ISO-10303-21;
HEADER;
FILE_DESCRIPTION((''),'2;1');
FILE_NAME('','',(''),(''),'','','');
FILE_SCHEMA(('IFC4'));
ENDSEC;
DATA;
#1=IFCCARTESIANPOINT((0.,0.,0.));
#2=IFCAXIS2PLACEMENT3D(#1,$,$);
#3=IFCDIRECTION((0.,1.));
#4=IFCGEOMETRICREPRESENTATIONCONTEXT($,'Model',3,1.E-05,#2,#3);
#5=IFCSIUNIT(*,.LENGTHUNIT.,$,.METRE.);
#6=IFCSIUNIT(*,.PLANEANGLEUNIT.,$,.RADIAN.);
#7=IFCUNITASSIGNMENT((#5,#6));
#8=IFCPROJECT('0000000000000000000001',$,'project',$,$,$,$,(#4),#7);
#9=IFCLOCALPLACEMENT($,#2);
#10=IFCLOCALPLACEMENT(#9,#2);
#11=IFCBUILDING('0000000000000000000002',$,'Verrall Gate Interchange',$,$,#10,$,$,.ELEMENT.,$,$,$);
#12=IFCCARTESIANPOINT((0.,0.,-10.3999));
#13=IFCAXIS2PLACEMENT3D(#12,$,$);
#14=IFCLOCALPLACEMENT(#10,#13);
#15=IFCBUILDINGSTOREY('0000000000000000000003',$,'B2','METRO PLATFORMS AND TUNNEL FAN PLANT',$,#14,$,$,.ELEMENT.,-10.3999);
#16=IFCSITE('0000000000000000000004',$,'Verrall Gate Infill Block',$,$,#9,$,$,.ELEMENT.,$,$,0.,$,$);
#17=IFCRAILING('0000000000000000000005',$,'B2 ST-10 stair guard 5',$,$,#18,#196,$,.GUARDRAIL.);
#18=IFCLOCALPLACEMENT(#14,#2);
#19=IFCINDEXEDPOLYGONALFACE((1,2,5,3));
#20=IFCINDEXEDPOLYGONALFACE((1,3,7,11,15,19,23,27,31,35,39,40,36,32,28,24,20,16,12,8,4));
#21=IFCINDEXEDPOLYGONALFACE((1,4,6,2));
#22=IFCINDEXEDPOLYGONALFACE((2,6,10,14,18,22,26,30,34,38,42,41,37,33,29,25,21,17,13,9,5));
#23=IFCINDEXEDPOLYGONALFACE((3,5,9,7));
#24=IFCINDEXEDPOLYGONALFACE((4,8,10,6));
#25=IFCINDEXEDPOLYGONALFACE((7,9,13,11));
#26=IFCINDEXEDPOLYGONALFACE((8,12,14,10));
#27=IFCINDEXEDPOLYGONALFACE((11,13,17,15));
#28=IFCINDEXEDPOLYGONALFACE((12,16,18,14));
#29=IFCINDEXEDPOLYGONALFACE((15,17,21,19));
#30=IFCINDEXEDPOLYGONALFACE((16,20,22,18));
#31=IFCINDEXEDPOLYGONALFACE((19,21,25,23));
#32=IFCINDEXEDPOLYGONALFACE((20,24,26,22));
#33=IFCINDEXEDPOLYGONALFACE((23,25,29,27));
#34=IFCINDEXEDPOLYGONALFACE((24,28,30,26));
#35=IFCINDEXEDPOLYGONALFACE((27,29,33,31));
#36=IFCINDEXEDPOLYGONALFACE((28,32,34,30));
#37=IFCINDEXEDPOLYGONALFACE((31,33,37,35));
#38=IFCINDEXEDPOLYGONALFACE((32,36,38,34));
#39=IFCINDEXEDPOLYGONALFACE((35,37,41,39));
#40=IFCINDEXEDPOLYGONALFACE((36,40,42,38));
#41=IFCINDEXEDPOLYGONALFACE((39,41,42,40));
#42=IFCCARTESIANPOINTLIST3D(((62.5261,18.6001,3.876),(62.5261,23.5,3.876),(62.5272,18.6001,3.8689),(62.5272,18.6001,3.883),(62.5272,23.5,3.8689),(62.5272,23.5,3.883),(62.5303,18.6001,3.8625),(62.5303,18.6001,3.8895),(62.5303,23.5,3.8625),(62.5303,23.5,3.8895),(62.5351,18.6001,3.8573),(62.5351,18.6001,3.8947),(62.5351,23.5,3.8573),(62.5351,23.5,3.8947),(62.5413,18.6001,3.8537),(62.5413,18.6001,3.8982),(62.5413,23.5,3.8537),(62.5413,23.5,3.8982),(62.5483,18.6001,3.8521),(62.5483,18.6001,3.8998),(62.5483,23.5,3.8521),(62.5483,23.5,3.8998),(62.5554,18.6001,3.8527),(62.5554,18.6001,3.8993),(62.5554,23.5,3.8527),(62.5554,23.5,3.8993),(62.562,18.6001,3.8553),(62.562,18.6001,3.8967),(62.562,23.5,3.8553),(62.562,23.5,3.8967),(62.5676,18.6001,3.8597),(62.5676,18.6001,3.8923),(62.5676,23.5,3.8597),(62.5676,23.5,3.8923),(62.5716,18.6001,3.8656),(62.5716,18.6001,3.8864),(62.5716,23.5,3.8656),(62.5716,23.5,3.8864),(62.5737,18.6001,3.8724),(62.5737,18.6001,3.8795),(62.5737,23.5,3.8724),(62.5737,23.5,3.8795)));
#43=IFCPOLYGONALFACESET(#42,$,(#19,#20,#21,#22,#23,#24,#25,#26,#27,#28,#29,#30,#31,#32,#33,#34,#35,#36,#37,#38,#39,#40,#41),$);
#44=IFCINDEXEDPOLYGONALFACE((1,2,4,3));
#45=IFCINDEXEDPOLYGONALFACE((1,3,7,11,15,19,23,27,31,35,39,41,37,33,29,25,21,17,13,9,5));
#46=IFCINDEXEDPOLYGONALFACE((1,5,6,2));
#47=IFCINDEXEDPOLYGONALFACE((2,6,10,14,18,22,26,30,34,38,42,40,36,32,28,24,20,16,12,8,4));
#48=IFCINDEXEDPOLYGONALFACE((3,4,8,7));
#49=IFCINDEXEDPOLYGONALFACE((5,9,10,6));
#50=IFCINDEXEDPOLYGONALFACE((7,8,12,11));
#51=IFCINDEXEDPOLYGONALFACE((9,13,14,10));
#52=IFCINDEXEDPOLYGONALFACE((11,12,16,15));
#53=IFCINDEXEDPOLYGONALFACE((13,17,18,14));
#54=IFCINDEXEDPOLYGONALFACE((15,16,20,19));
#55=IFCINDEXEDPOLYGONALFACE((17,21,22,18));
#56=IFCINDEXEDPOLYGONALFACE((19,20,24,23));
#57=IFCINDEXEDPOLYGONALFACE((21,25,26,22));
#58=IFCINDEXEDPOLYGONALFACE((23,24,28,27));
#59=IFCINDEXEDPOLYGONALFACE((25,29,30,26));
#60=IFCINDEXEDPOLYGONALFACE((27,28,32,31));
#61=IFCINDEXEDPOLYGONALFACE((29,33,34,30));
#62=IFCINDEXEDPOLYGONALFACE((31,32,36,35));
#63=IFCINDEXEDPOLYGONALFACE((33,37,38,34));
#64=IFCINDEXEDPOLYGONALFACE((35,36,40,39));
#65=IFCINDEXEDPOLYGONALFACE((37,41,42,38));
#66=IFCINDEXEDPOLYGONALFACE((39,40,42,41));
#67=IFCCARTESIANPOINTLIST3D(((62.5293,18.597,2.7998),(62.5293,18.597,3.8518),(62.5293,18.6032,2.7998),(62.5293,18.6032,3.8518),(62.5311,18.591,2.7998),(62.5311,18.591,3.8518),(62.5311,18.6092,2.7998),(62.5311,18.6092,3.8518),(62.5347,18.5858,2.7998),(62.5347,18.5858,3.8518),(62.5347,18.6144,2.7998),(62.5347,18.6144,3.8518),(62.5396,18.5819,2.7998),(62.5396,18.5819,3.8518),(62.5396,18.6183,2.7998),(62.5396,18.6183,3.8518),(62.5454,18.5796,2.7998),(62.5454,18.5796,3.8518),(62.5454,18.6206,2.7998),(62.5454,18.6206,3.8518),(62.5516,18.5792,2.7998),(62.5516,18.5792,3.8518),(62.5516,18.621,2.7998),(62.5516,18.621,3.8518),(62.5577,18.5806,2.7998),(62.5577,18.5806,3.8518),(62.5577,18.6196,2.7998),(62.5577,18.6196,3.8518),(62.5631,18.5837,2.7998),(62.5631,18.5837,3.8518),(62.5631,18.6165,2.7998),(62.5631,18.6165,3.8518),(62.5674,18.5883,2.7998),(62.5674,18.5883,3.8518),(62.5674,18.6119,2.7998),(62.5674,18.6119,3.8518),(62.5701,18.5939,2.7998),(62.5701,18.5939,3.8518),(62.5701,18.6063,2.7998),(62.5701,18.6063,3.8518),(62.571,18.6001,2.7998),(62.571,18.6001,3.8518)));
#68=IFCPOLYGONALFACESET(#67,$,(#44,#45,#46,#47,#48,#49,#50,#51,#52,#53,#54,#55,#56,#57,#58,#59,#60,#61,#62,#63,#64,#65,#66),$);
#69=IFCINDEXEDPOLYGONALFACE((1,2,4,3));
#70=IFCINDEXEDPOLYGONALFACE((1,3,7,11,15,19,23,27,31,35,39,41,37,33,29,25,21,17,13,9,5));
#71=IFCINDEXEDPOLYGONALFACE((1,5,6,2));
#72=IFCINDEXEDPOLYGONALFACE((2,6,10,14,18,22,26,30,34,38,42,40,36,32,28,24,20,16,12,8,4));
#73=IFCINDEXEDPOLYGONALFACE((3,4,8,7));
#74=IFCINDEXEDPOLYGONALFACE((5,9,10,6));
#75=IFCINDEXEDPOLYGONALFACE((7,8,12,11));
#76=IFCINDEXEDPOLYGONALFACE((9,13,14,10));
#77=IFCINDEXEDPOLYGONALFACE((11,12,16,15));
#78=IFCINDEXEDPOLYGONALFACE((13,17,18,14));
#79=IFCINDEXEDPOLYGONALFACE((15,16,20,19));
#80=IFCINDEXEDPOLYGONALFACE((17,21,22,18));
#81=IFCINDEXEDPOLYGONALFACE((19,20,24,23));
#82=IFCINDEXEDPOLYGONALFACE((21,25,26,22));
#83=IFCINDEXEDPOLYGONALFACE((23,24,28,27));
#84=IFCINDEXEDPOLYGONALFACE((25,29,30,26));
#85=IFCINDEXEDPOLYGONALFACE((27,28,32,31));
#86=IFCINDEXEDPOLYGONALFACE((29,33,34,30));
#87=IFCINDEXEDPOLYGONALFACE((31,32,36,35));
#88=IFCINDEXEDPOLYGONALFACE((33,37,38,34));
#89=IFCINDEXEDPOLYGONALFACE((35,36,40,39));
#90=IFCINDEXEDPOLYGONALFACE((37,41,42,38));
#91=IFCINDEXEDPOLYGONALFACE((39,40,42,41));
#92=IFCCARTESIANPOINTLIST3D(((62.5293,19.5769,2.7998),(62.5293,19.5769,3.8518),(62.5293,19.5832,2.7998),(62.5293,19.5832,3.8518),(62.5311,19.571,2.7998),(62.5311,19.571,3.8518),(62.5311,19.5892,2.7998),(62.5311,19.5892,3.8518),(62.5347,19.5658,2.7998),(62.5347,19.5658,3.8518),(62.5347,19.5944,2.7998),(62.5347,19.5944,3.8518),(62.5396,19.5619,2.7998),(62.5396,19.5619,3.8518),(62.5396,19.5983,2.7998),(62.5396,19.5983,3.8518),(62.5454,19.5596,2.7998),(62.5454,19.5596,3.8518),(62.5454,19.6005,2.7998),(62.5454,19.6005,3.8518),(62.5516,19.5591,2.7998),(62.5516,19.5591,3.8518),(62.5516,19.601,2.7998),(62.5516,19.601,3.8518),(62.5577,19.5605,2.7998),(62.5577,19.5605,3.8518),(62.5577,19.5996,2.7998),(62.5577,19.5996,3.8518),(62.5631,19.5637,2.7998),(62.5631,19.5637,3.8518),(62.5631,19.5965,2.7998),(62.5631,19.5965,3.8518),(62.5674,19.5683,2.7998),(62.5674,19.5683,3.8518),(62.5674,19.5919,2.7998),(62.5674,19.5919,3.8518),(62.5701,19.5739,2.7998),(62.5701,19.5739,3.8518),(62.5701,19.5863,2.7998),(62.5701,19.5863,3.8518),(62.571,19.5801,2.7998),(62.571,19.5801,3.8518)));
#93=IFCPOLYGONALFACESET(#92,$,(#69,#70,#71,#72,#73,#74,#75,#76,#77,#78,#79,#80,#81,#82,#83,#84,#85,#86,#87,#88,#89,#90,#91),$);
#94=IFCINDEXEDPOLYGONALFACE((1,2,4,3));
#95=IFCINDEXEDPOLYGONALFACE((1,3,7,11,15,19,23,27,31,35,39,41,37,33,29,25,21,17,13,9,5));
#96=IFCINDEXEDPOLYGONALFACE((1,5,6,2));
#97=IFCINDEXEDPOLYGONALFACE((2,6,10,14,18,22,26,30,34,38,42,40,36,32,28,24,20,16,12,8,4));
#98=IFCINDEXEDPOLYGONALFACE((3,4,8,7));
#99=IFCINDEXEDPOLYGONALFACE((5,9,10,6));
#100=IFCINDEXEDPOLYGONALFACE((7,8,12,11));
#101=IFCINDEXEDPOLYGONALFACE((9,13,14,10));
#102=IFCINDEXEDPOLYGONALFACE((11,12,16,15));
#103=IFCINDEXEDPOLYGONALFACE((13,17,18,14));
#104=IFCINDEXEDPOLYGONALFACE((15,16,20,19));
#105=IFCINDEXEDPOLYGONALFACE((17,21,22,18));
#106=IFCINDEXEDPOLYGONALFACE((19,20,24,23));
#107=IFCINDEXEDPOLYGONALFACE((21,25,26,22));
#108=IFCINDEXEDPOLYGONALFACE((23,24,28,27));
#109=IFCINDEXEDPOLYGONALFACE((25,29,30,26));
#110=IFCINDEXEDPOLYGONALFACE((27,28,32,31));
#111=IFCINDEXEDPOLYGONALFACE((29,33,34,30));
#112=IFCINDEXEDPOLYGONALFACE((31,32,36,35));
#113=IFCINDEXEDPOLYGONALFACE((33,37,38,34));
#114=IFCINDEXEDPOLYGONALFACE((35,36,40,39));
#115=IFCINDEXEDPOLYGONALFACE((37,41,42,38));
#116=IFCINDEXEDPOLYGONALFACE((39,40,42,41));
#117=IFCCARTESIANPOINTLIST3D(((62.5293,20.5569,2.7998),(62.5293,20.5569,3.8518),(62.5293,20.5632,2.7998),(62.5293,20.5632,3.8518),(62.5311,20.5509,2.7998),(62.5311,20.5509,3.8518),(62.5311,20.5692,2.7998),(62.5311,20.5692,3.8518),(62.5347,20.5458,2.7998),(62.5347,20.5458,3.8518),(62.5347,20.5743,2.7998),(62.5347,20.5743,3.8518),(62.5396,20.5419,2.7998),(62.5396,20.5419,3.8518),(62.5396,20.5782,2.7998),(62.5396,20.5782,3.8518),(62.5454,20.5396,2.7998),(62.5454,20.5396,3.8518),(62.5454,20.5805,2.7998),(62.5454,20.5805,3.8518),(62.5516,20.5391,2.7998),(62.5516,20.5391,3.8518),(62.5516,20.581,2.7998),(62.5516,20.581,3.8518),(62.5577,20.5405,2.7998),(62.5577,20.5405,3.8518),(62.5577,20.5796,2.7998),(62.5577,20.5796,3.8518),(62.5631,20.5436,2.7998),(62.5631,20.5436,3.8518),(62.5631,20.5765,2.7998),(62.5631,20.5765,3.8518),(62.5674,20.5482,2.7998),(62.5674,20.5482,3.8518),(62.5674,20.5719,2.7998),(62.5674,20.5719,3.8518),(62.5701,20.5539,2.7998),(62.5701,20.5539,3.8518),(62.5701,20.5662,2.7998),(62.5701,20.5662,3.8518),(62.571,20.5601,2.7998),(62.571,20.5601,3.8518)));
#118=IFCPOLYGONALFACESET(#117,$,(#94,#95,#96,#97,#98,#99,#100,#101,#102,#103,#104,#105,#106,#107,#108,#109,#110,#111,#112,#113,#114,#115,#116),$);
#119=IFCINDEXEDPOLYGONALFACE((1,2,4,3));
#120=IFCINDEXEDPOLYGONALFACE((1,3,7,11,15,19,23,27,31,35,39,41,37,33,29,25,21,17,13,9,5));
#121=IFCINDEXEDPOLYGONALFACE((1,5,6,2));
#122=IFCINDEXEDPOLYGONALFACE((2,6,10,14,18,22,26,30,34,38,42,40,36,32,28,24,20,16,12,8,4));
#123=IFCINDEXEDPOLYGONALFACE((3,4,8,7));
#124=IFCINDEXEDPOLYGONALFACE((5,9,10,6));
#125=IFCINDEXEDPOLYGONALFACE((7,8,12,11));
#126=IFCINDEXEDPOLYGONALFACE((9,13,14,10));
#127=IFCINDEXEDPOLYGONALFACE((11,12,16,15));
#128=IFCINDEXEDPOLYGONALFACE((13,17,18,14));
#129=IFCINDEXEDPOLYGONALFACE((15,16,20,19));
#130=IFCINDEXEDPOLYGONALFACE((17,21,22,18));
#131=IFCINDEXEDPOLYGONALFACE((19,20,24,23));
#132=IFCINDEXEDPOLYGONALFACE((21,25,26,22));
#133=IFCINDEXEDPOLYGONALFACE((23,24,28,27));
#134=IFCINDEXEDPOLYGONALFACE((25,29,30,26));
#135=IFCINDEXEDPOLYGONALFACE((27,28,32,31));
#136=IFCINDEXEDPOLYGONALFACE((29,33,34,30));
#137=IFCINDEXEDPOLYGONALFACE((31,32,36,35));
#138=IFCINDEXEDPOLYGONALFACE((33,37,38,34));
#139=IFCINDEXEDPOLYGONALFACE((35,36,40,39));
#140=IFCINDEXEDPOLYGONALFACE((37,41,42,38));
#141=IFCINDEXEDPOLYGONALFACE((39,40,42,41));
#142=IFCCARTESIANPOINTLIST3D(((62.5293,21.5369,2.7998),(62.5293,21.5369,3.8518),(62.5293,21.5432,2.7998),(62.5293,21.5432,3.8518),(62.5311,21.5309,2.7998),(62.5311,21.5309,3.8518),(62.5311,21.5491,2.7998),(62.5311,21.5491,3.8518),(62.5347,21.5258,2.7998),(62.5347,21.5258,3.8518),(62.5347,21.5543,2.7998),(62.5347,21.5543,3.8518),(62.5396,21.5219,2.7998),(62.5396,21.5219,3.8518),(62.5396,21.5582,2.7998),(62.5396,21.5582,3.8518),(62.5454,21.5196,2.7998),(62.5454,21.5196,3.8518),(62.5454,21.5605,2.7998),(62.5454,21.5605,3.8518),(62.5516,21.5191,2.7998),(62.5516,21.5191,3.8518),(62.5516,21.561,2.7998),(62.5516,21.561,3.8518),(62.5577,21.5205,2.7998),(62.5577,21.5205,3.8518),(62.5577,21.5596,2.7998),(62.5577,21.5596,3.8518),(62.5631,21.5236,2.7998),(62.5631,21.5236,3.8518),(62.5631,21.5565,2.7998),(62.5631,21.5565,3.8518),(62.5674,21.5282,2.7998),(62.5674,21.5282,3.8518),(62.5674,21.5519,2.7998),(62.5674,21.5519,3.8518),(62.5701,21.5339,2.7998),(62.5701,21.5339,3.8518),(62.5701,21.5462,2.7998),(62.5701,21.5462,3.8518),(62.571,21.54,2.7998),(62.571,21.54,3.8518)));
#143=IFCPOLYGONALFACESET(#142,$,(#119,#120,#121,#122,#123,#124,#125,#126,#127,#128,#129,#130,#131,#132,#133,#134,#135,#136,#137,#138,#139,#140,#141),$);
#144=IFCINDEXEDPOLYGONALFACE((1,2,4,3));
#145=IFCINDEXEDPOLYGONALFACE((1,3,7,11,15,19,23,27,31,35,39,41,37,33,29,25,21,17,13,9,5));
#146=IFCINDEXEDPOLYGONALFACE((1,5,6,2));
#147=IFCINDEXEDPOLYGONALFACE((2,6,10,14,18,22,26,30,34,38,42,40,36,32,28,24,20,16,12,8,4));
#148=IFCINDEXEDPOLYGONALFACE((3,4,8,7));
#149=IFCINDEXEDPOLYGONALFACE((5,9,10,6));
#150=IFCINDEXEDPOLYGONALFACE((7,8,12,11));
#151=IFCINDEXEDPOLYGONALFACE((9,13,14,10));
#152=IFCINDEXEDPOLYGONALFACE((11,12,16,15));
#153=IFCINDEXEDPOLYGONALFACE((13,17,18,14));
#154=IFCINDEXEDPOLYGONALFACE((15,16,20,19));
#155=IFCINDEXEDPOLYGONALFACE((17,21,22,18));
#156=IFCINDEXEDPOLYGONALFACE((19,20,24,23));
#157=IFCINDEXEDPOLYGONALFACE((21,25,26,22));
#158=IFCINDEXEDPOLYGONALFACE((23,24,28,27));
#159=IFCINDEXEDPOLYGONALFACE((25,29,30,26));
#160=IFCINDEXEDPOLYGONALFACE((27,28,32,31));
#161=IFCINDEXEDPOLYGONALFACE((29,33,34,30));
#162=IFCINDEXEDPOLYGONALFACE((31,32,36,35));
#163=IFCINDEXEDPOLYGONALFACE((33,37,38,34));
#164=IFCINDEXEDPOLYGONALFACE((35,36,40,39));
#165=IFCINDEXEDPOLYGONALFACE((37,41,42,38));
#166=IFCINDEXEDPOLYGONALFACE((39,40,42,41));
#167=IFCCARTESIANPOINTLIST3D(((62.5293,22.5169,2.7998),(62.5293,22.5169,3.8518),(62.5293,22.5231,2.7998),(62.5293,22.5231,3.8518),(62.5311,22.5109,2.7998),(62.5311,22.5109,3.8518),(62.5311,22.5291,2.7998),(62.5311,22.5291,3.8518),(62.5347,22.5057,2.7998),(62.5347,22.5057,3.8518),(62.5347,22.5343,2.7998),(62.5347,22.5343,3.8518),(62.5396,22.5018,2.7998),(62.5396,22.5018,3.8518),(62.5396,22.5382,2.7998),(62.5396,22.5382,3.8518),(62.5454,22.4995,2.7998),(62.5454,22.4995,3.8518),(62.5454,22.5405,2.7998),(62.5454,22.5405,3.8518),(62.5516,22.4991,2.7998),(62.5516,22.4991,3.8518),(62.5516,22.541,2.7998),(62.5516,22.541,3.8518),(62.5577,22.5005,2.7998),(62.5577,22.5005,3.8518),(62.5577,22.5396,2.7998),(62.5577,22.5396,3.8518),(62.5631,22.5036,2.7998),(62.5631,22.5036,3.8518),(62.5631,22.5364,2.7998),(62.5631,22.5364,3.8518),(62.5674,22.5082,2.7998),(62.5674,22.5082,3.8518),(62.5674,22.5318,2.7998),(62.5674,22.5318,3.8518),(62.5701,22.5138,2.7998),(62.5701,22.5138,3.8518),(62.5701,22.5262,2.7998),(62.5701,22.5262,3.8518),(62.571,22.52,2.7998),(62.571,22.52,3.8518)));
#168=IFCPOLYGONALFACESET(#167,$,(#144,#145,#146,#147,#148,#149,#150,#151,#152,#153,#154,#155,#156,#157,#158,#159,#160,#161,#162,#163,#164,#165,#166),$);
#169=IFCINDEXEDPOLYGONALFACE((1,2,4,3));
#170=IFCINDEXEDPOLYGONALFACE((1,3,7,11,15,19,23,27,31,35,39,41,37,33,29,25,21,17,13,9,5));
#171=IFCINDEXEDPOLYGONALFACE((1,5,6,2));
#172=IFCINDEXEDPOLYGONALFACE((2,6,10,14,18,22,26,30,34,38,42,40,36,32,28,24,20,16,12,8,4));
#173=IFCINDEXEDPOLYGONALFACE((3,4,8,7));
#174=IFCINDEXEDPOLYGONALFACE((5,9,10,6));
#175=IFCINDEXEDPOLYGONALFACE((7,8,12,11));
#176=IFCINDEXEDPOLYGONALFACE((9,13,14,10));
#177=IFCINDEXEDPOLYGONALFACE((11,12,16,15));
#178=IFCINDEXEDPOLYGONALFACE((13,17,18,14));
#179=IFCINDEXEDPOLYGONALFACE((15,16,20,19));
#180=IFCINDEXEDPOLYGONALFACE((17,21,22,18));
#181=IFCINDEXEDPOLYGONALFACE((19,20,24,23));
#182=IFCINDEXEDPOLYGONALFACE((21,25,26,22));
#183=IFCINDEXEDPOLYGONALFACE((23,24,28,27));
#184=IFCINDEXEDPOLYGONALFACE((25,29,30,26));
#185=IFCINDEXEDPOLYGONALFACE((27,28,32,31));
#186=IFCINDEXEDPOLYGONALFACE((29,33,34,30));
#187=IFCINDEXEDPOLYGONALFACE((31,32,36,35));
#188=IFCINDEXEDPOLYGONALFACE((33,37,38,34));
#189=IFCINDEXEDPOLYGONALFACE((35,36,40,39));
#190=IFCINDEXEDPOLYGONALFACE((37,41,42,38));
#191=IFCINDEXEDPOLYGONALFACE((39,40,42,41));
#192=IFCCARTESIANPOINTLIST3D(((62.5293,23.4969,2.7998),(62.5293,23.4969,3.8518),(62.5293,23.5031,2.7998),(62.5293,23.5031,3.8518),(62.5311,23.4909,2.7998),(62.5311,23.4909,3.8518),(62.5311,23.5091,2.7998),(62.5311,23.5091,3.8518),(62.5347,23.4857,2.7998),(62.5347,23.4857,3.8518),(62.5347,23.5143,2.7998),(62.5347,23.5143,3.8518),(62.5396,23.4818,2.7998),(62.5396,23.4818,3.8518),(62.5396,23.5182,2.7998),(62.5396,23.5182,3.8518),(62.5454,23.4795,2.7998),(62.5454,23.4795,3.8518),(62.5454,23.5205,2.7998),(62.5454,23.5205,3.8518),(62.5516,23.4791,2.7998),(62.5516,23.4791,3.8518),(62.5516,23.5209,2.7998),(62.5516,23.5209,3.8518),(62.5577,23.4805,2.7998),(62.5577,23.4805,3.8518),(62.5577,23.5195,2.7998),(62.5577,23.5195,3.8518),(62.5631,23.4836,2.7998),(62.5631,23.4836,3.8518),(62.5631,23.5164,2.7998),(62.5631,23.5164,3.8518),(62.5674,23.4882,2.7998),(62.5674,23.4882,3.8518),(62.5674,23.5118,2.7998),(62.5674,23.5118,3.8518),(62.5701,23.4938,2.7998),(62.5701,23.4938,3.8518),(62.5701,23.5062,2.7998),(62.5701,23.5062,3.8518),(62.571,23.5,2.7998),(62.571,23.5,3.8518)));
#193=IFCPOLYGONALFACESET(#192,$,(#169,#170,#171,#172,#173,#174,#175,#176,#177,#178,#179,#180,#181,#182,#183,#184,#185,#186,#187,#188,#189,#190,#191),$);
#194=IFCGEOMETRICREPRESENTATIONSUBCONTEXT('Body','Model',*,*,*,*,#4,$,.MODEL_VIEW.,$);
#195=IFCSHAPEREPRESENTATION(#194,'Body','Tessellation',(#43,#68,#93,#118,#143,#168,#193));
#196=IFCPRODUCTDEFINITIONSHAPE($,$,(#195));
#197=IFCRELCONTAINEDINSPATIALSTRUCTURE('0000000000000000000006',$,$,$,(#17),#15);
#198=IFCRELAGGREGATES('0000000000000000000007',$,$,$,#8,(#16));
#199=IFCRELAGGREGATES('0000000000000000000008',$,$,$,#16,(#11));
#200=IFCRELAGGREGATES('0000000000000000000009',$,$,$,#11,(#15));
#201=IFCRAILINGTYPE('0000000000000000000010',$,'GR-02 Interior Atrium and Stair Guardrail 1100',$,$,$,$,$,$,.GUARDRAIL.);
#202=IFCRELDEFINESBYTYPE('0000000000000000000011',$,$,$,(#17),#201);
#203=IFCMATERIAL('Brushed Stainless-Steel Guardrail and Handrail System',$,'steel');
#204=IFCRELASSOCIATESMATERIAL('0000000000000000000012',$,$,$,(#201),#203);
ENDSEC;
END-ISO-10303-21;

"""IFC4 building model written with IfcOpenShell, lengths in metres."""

from ifc_helpers import new_model, si_unit, direction, frame, origin, origin_2d, place, context, subcontext, project, spatial, circle, extrude, material, type_object, element, save


model = new_model("IFC4")

# Units and contexts
model_context = context("Model", 3, precision=1e-05, world=origin(), true_north=direction((0.0, 1.0)))
body_context = subcontext(model_context, "Body", "Model", "MODEL_VIEW")
ifc_project = project(units=[si_unit("LENGTHUNIT", "METRE"), si_unit("PLANEANGLEUNIT", "RADIAN")], contexts=[model_context])

# Site, building, storey
site_placement = place(None, origin())
site = spatial("IfcSite", under=ifc_project, at=site_placement, Name="Verrall Gate Infill Block", CompositionType="ELEMENT", RefElevation=0.0)
building_placement = place(site_placement, origin())
building = spatial("IfcBuilding", under=site, at=building_placement, Name="Verrall Gate Interchange", CompositionType="ELEMENT")
storey_placement = place(building_placement, frame((0.0, 0.0, -10.3999)))
storey = spatial("IfcBuildingStorey", under=building, at=storey_placement, Name="B2", Description="METRO PLATFORMS AND TUNNEL FAN PLANT", CompositionType="ELEMENT", Elevation=-10.3999)

# Railing
ifc_material_1 = material(Name="Brushed Stainless-Steel Guardrail and Handrail System", Category="steel")
railing_type = type_object("IfcRailingType", Name="GR-02 Interior Atrium and Stair Guardrail 1100", PredefinedType="GUARDRAIL", material=ifc_material_1)
railing_1_placement = place(storey_placement, frame((62.55, 18.6001, 2.7998)))
element("IfcRailing", 1, at=railing_1_placement, inside=storey, type_object=railing_type, Name="B2 ST-10 stair guard 5", PredefinedType="GUARDRAIL", context=body_context, shape_type="SweptSolid", body=[
    extrude(circle(Radius=0.0239, at=origin_2d()), frame((0.0, 0.0, 1.0762), z_axis=(0.0, 1.0, 0.0), x_axis=(-1.0, 0.0, 0.0)), (0.0, 0.0, 1.0), 4.8999),
    extrude(circle(Radius=0.021, at=origin_2d()), origin(), (0.0, 0.0, 1.0), 1.052),
    extrude(circle(Radius=0.021, at=origin_2d()), frame((0.0, 0.98, 0.0)), (0.0, 0.0, 1.0), 1.052),
    extrude(circle(Radius=0.021, at=origin_2d()), frame((0.0, 1.96, 0.0)), (0.0, 0.0, 1.0), 1.052),
    extrude(circle(Radius=0.021, at=origin_2d()), frame((0.0, 2.9399, 0.0)), (0.0, 0.0, 1.0), 1.052),
    extrude(circle(Radius=0.021, at=origin_2d()), frame((0.0, 3.9199, 0.0)), (0.0, 0.0, 1.0), 1.052),
    extrude(circle(Radius=0.021, at=origin_2d()), frame((0.0, 4.8999, 0.0)), (0.0, 0.0, 1.0), 1.052),
])

save(model, "model.ifc")
